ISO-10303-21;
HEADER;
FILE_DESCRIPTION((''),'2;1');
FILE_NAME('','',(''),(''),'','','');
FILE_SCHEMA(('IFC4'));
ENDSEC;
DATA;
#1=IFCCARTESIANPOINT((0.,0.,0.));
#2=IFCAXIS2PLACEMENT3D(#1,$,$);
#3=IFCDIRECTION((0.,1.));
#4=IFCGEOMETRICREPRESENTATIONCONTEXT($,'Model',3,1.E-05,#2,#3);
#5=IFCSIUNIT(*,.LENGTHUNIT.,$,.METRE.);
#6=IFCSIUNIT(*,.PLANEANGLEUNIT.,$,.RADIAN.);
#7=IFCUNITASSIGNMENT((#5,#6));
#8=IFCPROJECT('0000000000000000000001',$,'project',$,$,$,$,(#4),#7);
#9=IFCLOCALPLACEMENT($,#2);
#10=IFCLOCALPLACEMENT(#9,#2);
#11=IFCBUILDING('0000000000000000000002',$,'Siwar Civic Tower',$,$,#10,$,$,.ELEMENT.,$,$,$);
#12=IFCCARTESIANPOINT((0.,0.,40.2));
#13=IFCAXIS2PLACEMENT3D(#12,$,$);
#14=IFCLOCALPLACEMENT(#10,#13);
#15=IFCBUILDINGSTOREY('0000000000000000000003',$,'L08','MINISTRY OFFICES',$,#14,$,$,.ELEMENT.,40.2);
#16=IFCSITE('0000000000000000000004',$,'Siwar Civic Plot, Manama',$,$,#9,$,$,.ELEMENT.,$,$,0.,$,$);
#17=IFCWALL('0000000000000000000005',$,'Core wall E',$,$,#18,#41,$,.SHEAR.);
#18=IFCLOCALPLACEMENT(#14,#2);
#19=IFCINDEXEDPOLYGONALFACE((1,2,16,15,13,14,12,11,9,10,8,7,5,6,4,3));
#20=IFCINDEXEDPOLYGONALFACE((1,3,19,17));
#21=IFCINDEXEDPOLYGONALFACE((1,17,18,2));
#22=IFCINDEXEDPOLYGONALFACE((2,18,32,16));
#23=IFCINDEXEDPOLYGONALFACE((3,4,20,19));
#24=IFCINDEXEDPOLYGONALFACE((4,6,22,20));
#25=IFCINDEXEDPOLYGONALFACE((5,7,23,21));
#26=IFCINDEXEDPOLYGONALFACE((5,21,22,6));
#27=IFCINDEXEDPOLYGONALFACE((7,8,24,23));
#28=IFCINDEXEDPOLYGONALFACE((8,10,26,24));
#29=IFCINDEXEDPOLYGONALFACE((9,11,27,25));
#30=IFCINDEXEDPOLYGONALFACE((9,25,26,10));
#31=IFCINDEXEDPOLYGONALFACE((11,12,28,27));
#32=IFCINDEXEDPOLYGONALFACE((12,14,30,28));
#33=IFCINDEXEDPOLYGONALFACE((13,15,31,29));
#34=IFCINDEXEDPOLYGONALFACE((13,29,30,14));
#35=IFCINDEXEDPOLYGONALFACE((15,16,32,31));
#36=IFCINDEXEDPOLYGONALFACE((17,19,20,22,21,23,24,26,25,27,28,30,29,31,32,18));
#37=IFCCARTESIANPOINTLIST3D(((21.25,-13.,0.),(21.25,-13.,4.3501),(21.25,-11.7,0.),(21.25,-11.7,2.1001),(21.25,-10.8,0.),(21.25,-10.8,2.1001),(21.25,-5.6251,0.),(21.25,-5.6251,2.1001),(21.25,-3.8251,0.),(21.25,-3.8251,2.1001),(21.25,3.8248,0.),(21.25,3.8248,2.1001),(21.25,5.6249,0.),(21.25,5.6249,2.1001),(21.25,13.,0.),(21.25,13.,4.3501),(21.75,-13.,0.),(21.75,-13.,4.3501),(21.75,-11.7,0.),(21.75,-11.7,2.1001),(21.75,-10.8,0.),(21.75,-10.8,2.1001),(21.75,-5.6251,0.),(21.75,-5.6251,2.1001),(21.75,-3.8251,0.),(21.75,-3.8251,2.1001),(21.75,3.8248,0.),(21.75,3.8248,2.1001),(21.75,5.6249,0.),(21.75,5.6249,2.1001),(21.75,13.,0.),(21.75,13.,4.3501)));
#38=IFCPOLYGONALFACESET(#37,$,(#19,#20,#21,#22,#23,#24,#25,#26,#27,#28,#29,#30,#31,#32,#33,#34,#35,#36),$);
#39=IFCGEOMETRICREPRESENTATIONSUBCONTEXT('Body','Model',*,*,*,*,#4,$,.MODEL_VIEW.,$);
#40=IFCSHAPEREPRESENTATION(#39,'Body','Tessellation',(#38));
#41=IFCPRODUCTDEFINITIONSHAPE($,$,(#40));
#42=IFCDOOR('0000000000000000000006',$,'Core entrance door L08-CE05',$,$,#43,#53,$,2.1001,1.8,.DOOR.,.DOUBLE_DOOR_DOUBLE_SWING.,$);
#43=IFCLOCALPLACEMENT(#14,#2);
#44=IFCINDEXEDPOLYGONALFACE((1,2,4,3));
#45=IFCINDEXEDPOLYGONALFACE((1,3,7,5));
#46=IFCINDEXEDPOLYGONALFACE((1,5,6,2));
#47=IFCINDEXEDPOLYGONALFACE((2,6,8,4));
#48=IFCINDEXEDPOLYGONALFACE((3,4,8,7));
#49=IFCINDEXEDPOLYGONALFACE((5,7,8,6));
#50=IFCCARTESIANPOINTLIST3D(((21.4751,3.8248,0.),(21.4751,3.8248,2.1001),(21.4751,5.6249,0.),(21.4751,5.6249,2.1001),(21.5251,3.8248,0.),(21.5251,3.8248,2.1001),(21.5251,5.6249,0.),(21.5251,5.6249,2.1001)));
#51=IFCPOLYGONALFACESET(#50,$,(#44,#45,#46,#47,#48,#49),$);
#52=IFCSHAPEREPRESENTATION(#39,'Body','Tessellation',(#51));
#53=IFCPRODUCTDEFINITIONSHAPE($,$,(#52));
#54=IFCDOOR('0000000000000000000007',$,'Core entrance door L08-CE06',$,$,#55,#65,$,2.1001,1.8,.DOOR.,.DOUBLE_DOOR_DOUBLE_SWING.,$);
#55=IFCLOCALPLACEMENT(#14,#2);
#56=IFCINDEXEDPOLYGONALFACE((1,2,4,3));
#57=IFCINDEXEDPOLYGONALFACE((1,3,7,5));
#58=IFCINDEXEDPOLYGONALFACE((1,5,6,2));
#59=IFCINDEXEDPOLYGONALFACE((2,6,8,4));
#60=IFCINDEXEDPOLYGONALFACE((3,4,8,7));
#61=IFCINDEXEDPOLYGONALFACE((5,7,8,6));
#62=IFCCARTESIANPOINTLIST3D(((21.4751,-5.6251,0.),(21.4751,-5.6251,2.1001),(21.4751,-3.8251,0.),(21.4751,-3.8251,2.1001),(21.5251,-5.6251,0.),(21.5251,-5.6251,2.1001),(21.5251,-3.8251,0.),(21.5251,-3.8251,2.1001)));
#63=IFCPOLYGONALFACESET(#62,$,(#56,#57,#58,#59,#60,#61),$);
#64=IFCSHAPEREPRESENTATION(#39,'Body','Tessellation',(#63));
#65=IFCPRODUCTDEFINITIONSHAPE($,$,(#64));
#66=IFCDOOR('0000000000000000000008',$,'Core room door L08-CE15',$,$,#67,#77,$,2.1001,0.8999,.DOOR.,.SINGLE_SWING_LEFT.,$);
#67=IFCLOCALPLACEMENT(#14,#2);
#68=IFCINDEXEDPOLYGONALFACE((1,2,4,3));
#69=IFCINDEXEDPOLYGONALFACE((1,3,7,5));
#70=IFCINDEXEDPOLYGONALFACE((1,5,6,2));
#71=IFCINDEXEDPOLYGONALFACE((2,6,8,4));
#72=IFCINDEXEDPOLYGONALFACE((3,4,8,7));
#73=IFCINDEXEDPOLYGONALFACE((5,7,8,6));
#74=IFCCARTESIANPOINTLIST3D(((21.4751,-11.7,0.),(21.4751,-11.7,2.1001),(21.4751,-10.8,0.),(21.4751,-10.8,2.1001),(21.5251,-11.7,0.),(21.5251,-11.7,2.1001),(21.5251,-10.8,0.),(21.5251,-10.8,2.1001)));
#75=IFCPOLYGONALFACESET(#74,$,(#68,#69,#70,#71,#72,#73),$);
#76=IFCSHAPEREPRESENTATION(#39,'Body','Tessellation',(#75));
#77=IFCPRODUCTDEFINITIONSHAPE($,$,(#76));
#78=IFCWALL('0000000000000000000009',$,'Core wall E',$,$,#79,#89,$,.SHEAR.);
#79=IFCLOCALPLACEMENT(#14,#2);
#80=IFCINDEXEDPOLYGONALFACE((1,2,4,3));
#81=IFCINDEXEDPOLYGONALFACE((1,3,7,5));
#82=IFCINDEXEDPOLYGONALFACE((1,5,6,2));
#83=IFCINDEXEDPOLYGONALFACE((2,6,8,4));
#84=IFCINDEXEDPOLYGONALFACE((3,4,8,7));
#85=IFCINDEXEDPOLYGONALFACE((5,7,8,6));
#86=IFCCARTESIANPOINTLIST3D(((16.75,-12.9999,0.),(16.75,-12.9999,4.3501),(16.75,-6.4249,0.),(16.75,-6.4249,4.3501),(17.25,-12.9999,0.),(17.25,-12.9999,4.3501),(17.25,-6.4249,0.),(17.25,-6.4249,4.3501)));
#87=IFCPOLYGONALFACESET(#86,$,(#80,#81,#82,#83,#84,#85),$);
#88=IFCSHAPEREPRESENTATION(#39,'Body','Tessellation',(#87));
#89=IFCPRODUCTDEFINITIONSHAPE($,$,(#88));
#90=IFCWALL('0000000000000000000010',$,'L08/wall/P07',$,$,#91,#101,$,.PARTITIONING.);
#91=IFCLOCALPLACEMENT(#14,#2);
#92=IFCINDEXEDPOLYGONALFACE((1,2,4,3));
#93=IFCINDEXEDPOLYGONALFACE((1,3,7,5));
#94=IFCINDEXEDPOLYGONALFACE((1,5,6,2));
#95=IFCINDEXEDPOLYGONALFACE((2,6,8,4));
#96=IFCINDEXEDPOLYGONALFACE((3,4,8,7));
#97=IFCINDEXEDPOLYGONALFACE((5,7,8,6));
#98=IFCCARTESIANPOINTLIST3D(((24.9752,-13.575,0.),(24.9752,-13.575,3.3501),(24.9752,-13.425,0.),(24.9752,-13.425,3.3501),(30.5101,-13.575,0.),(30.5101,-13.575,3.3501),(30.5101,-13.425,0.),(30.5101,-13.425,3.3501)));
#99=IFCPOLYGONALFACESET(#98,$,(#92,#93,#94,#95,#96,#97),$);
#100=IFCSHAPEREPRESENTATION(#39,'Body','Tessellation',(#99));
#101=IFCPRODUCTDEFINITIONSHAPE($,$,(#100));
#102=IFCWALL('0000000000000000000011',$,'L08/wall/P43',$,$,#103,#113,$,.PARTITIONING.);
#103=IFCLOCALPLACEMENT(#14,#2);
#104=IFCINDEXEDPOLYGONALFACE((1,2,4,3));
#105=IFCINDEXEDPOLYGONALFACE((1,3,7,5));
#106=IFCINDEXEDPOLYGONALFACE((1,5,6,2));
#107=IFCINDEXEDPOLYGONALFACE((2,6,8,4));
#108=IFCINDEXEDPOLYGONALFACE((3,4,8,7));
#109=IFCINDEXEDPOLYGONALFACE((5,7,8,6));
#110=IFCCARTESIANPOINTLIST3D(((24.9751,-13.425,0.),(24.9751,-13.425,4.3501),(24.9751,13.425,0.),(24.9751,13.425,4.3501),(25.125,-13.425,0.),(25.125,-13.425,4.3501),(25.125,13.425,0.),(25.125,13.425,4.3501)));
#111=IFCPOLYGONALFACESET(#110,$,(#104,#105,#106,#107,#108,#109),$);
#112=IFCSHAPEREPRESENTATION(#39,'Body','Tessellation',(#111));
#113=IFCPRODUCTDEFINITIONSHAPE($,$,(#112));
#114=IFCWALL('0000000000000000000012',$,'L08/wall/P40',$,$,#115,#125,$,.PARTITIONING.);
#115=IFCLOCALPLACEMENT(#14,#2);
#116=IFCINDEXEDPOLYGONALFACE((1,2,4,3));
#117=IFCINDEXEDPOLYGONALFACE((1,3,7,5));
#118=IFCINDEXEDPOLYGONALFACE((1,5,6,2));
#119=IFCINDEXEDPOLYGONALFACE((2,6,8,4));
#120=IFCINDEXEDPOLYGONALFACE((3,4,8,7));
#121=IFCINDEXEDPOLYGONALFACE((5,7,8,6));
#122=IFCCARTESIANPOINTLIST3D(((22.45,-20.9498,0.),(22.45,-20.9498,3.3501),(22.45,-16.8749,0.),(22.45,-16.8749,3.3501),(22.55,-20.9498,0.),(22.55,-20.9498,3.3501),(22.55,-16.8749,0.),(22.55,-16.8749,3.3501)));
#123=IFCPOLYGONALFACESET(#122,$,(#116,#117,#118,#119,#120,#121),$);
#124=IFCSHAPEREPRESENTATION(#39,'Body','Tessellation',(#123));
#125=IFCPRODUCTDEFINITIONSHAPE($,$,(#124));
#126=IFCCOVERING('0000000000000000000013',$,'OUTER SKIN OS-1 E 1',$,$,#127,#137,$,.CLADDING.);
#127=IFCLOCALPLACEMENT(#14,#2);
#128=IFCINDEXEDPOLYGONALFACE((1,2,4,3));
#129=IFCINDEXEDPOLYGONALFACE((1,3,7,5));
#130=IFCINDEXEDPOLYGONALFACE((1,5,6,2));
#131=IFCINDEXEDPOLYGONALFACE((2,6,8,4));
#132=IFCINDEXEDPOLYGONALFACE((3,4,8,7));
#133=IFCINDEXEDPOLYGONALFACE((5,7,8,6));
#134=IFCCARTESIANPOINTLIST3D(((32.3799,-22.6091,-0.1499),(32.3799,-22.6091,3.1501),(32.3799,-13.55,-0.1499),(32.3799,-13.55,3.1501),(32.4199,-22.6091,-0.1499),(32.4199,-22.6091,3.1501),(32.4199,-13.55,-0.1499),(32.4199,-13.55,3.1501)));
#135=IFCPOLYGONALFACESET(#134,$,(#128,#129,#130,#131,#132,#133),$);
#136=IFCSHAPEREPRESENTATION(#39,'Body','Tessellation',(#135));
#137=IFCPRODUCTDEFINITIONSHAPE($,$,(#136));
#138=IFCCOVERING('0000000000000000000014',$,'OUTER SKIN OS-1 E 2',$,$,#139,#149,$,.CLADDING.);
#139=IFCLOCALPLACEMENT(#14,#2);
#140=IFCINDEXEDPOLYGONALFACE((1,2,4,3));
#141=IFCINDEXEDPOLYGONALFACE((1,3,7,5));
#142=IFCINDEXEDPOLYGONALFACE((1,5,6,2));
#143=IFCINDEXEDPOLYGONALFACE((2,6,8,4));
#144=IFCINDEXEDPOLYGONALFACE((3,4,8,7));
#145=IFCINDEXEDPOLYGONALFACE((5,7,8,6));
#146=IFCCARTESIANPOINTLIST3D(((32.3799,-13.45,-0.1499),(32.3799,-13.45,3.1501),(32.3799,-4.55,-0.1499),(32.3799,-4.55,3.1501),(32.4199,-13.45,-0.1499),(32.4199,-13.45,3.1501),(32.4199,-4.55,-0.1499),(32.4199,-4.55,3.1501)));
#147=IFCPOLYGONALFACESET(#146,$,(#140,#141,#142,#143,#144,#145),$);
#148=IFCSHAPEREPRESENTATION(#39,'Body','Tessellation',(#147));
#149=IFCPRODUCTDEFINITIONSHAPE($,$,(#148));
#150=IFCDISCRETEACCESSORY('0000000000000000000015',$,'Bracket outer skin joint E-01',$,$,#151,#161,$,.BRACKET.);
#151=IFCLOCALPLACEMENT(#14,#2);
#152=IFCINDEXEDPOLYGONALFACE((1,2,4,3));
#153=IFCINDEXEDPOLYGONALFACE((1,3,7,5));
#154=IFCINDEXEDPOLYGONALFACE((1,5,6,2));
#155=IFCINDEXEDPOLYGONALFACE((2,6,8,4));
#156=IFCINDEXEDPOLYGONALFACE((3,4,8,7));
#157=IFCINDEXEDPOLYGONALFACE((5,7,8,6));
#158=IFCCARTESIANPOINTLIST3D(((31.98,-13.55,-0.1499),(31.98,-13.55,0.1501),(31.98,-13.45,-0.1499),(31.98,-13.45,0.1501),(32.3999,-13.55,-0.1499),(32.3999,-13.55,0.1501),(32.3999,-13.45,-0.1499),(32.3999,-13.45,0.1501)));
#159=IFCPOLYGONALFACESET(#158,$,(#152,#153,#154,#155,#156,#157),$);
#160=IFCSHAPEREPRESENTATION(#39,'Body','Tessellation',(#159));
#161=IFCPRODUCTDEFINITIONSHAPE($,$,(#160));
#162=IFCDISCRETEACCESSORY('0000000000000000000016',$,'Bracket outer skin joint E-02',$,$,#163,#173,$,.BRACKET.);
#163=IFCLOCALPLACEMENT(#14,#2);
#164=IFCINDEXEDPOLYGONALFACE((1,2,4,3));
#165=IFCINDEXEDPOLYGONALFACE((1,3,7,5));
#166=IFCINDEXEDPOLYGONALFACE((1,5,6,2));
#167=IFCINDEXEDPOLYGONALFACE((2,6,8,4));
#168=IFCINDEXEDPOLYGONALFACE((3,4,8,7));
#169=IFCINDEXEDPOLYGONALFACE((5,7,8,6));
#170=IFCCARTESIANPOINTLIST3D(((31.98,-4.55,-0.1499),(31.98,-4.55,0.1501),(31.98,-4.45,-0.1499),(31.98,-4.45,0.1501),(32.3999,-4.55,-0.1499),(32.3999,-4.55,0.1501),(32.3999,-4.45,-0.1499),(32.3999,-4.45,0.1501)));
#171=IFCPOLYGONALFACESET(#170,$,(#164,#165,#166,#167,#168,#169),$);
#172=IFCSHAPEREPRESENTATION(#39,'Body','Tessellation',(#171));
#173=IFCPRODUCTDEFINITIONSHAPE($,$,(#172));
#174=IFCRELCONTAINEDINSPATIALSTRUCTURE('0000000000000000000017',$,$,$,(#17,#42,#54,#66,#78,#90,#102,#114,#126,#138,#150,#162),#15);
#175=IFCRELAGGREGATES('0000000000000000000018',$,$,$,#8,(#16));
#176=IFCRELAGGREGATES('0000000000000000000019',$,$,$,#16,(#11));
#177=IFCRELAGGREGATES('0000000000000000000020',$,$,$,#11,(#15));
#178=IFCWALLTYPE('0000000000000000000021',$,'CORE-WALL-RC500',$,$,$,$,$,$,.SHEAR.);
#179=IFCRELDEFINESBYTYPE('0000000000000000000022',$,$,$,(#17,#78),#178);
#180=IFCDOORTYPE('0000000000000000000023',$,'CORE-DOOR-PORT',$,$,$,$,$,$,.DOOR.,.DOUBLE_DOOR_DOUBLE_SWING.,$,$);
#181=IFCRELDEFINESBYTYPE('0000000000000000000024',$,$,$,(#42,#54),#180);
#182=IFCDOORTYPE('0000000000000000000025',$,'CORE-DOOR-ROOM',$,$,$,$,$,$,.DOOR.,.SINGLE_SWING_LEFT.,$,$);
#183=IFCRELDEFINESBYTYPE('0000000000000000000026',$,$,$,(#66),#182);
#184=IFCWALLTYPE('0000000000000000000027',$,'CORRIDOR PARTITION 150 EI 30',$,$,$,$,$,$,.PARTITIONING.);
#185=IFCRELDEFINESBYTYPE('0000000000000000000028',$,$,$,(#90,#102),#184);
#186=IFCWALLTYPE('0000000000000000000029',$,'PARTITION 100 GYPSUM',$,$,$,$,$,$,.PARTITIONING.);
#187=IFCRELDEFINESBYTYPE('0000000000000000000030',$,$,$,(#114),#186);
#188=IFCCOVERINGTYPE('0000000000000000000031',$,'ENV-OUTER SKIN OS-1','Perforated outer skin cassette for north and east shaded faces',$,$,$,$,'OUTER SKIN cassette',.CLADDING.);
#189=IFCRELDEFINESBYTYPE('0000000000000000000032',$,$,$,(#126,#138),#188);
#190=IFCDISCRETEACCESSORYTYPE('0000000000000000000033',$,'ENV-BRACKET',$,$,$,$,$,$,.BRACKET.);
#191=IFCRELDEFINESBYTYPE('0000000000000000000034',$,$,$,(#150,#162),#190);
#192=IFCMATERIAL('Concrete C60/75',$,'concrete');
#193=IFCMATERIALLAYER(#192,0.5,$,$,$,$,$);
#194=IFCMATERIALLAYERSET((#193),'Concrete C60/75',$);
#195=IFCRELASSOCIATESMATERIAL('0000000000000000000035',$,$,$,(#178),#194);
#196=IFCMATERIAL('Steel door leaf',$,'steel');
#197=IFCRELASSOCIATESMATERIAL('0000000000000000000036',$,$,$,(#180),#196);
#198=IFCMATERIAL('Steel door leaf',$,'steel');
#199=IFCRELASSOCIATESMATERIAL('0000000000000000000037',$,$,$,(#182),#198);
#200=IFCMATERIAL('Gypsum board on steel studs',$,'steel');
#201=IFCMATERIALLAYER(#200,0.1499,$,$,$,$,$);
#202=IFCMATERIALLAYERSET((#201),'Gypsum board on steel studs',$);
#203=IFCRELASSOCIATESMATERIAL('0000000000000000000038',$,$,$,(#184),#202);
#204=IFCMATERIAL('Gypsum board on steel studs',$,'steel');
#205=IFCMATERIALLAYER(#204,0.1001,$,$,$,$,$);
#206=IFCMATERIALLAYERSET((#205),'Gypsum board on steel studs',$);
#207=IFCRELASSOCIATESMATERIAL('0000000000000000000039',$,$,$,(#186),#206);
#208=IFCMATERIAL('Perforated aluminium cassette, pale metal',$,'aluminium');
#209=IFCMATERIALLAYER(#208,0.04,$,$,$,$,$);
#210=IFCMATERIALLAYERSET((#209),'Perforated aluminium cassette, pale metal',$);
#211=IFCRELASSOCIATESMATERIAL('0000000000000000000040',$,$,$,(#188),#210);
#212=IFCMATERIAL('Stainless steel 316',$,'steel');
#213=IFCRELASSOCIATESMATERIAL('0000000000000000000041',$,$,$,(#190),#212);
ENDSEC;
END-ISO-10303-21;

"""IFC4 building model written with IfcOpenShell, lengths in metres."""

from ifc_helpers import new_model, si_unit, direction, frame, frame_2d, origin, origin_2d, place, context, subcontext, project, spatial, rectangle, extrude, material, layer, layer_set, type_object, element, fill, save


model = new_model("IFC4")

# Units and contexts
model_context = context("Model", 3, precision=1e-05, world=origin(), true_north=direction((0.0, 1.0)))
body_context = subcontext(model_context, "Body", "Model", "MODEL_VIEW")
ifc_project = project(units=[si_unit("LENGTHUNIT", "METRE"), si_unit("PLANEANGLEUNIT", "RADIAN")], contexts=[model_context])

# Site, building, storey
site_placement = place(None, origin())
site = spatial("IfcSite", under=ifc_project, at=site_placement, Name="Siwar Civic Plot, Manama", CompositionType="ELEMENT", RefElevation=0.0)
building_placement = place(site_placement, origin())
building = spatial("IfcBuilding", under=site, at=building_placement, Name="Siwar Civic Tower", CompositionType="ELEMENT")
storey_placement = place(building_placement, frame((0.0, 0.0, 40.2)))
storey = spatial("IfcBuildingStorey", under=building, at=storey_placement, Name="L08", Description="MINISTRY OFFICES", CompositionType="ELEMENT", Elevation=40.2)

# Wall, openings, doors
ifc_material_1 = material(Name="Concrete C60/75", Category="concrete")
ifc_layer_1 = layer(ifc_material_1, 0.5)
ifc_layer_set_1 = layer_set([ifc_layer_1], Name="Concrete C60/75")
wall_type_1 = type_object("IfcWallType", Name="CORE-WALL-RC500", PredefinedType="SHEAR", material=ifc_layer_set_1)
wall_1_placement = place(storey_placement, frame((21.5, -13.0, 0.0), z_axis=(0.0, 0.0, 1.0), x_axis=(0.0, 1.0, 0.0)))
wall_1 = element("IfcWall", 1, at=wall_1_placement, inside=storey, type_object=wall_type_1, Name="Core wall E", PredefinedType="SHEAR", context=body_context, shape_type="SweptSolid", body=[
    extrude(rectangle(XDim=26.0, YDim=0.5, at=frame_2d((13.0, 0.0))), origin(), (0.0, 0.0, 1.0), 4.3501),
])
opening_1_placement = place(wall_1_placement, frame((16.825, 0.0, 0.0)))
opening_1 = element("IfcOpeningElement", 2, at=opening_1_placement, cuts=wall_1, PredefinedType="OPENING", context=body_context, shape_type="SweptSolid", body=[
    extrude(rectangle(XDim=1.8, YDim=2.1001, at=frame_2d((0.8999, 1.05))), frame((0.0, 0.26, 0.0), z_axis=(0.0, -1.0, 0.0), x_axis=(1.0, 0.0, 0.0)), (0.0, 0.0, 1.0), 0.52),
])
opening_2_placement = place(wall_1_placement, frame((7.375, 0.0, 0.0)))
opening_2 = element("IfcOpeningElement", 3, at=opening_2_placement, cuts=wall_1, PredefinedType="OPENING", context=body_context, shape_type="SweptSolid", body=[
    extrude(rectangle(XDim=1.8, YDim=2.1001, at=frame_2d((0.8999, 1.05))), frame((0.0, 0.26, 0.0), z_axis=(0.0, -1.0, 0.0), x_axis=(1.0, 0.0, 0.0)), (0.0, 0.0, 1.0), 0.52),
])
opening_3_placement = place(wall_1_placement, frame((1.3, 0.0, 0.0)))
opening_3 = element("IfcOpeningElement", 4, at=opening_3_placement, cuts=wall_1, PredefinedType="OPENING", context=body_context, shape_type="SweptSolid", body=[
    extrude(rectangle(XDim=0.8999, YDim=2.1001, at=frame_2d((0.45, 1.05))), frame((0.0, 0.26, 0.0), z_axis=(0.0, -1.0, 0.0), x_axis=(1.0, 0.0, 0.0)), (0.0, 0.0, 1.0), 0.52),
])
ifc_material_2 = material(Name="Steel door leaf", Category="steel")
door_type_1 = type_object("IfcDoorType", Name="CORE-DOOR-PORT", OperationType="DOUBLE_DOOR_DOUBLE_SWING", PredefinedType="DOOR", material=ifc_material_2)
door_1_placement = place(opening_1_placement, origin())
door_1 = element("IfcDoor", 5, at=door_1_placement, inside=storey, type_object=door_type_1, Name="Core entrance door L08-CE05", OperationType="DOUBLE_DOOR_DOUBLE_SWING", OverallHeight=2.1001, OverallWidth=1.8, PredefinedType="DOOR", context=body_context, shape_type="SweptSolid", body=[
    extrude(rectangle(XDim=1.8, YDim=2.1001, at=frame_2d((0.8999, 1.05))), frame((0.0, 0.0249, 0.0), z_axis=(0.0, -1.0, 0.0), x_axis=(1.0, 0.0, 0.0)), (0.0, 0.0, 1.0), 0.05),
])
fill(opening_1, door_1)
door_2_placement = place(opening_2_placement, origin())
door_2 = element("IfcDoor", 6, at=door_2_placement, inside=storey, type_object=door_type_1, Name="Core entrance door L08-CE06", OperationType="DOUBLE_DOOR_DOUBLE_SWING", OverallHeight=2.1001, OverallWidth=1.8, PredefinedType="DOOR", context=body_context, shape_type="SweptSolid", body=[
    extrude(rectangle(XDim=1.8, YDim=2.1001, at=frame_2d((0.8999, 1.05))), frame((0.0, 0.0249, 0.0), z_axis=(0.0, -1.0, 0.0), x_axis=(1.0, 0.0, 0.0)), (0.0, 0.0, 1.0), 0.05),
])
fill(opening_2, door_2)
ifc_material_3 = material(Name="Steel door leaf", Category="steel")
door_type_2 = type_object("IfcDoorType", Name="CORE-DOOR-ROOM", OperationType="SINGLE_SWING_LEFT", PredefinedType="DOOR", material=ifc_material_3)
door_3_placement = place(opening_3_placement, origin())
door_3 = element("IfcDoor", 7, at=door_3_placement, inside=storey, type_object=door_type_2, Name="Core room door L08-CE15", OperationType="SINGLE_SWING_LEFT", OverallHeight=2.1001, OverallWidth=0.8999, PredefinedType="DOOR", context=body_context, shape_type="SweptSolid", body=[
    extrude(rectangle(XDim=0.8999, YDim=2.1001, at=frame_2d((0.45, 1.05))), frame((0.0, 0.0249, 0.0), z_axis=(0.0, -1.0, 0.0), x_axis=(1.0, 0.0, 0.0)), (0.0, 0.0, 1.0), 0.05),
])
fill(opening_3, door_3)

# Walls
wall_2_placement = place(storey_placement, frame((17.0, -13.0, 0.0), z_axis=(0.0, 0.0, 1.0), x_axis=(0.0, 1.0, 0.0)))
element("IfcWall", 8, at=wall_2_placement, inside=storey, type_object=wall_type_1, Name="Core wall E", PredefinedType="SHEAR", context=body_context, shape_type="SweptSolid", body=[
    extrude(rectangle(XDim=6.575, YDim=0.5, at=frame_2d((3.2876, 0.0))), origin(), (0.0, 0.0, 1.0), 4.3501),
])
ifc_material_4 = material(Name="Gypsum board on steel studs", Category="steel")
ifc_layer_2 = layer(ifc_material_4, 0.1499)
ifc_layer_set_2 = layer_set([ifc_layer_2], Name="Gypsum board on steel studs")
wall_type_2 = type_object("IfcWallType", Name="CORRIDOR PARTITION 150 EI 30", PredefinedType="PARTITIONING", material=ifc_layer_set_2)
wall_3_placement = place(storey_placement, frame((24.9751, -13.5, 0.0), z_axis=(0.0, 0.0, 1.0), x_axis=(1.0, 0.0, 0.0)))
element("IfcWall", 9, at=wall_3_placement, inside=storey, type_object=wall_type_2, Name="L08/wall/P07", PredefinedType="PARTITIONING", context=body_context, shape_type="SweptSolid", body=[
    extrude(rectangle(XDim=5.5349, YDim=0.1499, at=frame_2d((2.7676, 0.0))), origin(), (0.0, 0.0, 1.0), 3.3501),
])
wall_4_placement = place(storey_placement, frame((25.05, -13.425, 0.0), z_axis=(0.0, 0.0, 1.0), x_axis=(0.0, 1.0, 0.0)))
element("IfcWall", 10, at=wall_4_placement, inside=storey, type_object=wall_type_2, Name="L08/wall/P43", PredefinedType="PARTITIONING", context=body_context, shape_type="SweptSolid", body=[
    extrude(rectangle(XDim=26.8501, YDim=0.1499, at=frame_2d((13.425, 0.0))), origin(), (0.0, 0.0, 1.0), 4.3501),
])
ifc_material_5 = material(Name="Gypsum board on steel studs", Category="steel")
ifc_layer_3 = layer(ifc_material_5, 0.1001)
ifc_layer_set_3 = layer_set([ifc_layer_3], Name="Gypsum board on steel studs")
wall_type_3 = type_object("IfcWallType", Name="PARTITION 100 GYPSUM", PredefinedType="PARTITIONING", material=ifc_layer_set_3)
wall_5_placement = place(storey_placement, frame((22.5, -20.95, 0.0), z_axis=(0.0, 0.0, 1.0), x_axis=(0.0, 1.0, 0.0)))
element("IfcWall", 11, at=wall_5_placement, inside=storey, type_object=wall_type_3, Name="L08/wall/P40", PredefinedType="PARTITIONING", context=body_context, shape_type="SweptSolid", body=[
    extrude(rectangle(XDim=4.075, YDim=0.1001, at=frame_2d((2.0376, 0.0))), origin(), (0.0, 0.0, 1.0), 3.3501),
])

# Coverings
ifc_material_6 = material(Name="Perforated aluminium cassette, pale metal", Category="aluminium")
ifc_layer_4 = layer(ifc_material_6, 0.04)
ifc_layer_set_4 = layer_set([ifc_layer_4], Name="Perforated aluminium cassette, pale metal")
covering_type = type_object("IfcCoveringType", Name="ENV-OUTER SKIN OS-1", Description="Perforated outer skin cassette for north and east shaded faces", ElementType="OUTER SKIN cassette", PredefinedType="CLADDING", material=ifc_layer_set_4)
covering_1_placement = place(storey_placement, frame((32.3999, -18.0796, -0.1499), z_axis=(0.0, 0.0, 1.0), x_axis=(0.0, 1.0, 0.0)))
element("IfcCovering", 12, at=covering_1_placement, inside=storey, type_object=covering_type, Name="OUTER SKIN OS-1 E 1", PredefinedType="CLADDING", context=body_context, shape_type="SweptSolid", body=[
    extrude(rectangle(XDim=9.0591, YDim=0.04, at=origin_2d()), origin(), (0.0, 0.0, 1.0), 3.3),
])
covering_2_placement = place(storey_placement, frame((32.3999, -9.0, -0.1499), z_axis=(0.0, 0.0, 1.0), x_axis=(0.0, 1.0, 0.0)))
element("IfcCovering", 13, at=covering_2_placement, inside=storey, type_object=covering_type, Name="OUTER SKIN OS-1 E 2", PredefinedType="CLADDING", context=body_context, shape_type="SweptSolid", body=[
    extrude(rectangle(XDim=8.8999, YDim=0.04, at=origin_2d()), origin(), (0.0, 0.0, 1.0), 3.3),
])

# Discrete accessories
ifc_material_7 = material(Name="Stainless steel 316", Category="steel")
discrete_accessory_type = type_object("IfcDiscreteAccessoryType", Name="ENV-BRACKET", PredefinedType="BRACKET", material=ifc_material_7)
for number, where, z_axis, x_axis, name in (
    (14, (32.1899, -13.5, -0.1499), (0.0, 0.0, 1.0), (1.0, 0.0, 0.0), "Bracket outer skin joint E-01"),
    (15, (32.1899, -4.5, -0.1499), (0.0, 0.0, 1.0), (1.0, 0.0, 0.0), "Bracket outer skin joint E-02"),
):
    element("IfcDiscreteAccessory", number, at=place(storey_placement, frame(where, z_axis=z_axis, x_axis=x_axis)), inside=storey, type_object=discrete_accessory_type, Name=name, PredefinedType="BRACKET", context=body_context, shape_type="SweptSolid", body=[
        extrude(rectangle(XDim=0.4199, YDim=0.1001, at=origin_2d()), origin(), (0.0, 0.0, 1.0), 0.3),
    ])

save(model, "model.ifc")
